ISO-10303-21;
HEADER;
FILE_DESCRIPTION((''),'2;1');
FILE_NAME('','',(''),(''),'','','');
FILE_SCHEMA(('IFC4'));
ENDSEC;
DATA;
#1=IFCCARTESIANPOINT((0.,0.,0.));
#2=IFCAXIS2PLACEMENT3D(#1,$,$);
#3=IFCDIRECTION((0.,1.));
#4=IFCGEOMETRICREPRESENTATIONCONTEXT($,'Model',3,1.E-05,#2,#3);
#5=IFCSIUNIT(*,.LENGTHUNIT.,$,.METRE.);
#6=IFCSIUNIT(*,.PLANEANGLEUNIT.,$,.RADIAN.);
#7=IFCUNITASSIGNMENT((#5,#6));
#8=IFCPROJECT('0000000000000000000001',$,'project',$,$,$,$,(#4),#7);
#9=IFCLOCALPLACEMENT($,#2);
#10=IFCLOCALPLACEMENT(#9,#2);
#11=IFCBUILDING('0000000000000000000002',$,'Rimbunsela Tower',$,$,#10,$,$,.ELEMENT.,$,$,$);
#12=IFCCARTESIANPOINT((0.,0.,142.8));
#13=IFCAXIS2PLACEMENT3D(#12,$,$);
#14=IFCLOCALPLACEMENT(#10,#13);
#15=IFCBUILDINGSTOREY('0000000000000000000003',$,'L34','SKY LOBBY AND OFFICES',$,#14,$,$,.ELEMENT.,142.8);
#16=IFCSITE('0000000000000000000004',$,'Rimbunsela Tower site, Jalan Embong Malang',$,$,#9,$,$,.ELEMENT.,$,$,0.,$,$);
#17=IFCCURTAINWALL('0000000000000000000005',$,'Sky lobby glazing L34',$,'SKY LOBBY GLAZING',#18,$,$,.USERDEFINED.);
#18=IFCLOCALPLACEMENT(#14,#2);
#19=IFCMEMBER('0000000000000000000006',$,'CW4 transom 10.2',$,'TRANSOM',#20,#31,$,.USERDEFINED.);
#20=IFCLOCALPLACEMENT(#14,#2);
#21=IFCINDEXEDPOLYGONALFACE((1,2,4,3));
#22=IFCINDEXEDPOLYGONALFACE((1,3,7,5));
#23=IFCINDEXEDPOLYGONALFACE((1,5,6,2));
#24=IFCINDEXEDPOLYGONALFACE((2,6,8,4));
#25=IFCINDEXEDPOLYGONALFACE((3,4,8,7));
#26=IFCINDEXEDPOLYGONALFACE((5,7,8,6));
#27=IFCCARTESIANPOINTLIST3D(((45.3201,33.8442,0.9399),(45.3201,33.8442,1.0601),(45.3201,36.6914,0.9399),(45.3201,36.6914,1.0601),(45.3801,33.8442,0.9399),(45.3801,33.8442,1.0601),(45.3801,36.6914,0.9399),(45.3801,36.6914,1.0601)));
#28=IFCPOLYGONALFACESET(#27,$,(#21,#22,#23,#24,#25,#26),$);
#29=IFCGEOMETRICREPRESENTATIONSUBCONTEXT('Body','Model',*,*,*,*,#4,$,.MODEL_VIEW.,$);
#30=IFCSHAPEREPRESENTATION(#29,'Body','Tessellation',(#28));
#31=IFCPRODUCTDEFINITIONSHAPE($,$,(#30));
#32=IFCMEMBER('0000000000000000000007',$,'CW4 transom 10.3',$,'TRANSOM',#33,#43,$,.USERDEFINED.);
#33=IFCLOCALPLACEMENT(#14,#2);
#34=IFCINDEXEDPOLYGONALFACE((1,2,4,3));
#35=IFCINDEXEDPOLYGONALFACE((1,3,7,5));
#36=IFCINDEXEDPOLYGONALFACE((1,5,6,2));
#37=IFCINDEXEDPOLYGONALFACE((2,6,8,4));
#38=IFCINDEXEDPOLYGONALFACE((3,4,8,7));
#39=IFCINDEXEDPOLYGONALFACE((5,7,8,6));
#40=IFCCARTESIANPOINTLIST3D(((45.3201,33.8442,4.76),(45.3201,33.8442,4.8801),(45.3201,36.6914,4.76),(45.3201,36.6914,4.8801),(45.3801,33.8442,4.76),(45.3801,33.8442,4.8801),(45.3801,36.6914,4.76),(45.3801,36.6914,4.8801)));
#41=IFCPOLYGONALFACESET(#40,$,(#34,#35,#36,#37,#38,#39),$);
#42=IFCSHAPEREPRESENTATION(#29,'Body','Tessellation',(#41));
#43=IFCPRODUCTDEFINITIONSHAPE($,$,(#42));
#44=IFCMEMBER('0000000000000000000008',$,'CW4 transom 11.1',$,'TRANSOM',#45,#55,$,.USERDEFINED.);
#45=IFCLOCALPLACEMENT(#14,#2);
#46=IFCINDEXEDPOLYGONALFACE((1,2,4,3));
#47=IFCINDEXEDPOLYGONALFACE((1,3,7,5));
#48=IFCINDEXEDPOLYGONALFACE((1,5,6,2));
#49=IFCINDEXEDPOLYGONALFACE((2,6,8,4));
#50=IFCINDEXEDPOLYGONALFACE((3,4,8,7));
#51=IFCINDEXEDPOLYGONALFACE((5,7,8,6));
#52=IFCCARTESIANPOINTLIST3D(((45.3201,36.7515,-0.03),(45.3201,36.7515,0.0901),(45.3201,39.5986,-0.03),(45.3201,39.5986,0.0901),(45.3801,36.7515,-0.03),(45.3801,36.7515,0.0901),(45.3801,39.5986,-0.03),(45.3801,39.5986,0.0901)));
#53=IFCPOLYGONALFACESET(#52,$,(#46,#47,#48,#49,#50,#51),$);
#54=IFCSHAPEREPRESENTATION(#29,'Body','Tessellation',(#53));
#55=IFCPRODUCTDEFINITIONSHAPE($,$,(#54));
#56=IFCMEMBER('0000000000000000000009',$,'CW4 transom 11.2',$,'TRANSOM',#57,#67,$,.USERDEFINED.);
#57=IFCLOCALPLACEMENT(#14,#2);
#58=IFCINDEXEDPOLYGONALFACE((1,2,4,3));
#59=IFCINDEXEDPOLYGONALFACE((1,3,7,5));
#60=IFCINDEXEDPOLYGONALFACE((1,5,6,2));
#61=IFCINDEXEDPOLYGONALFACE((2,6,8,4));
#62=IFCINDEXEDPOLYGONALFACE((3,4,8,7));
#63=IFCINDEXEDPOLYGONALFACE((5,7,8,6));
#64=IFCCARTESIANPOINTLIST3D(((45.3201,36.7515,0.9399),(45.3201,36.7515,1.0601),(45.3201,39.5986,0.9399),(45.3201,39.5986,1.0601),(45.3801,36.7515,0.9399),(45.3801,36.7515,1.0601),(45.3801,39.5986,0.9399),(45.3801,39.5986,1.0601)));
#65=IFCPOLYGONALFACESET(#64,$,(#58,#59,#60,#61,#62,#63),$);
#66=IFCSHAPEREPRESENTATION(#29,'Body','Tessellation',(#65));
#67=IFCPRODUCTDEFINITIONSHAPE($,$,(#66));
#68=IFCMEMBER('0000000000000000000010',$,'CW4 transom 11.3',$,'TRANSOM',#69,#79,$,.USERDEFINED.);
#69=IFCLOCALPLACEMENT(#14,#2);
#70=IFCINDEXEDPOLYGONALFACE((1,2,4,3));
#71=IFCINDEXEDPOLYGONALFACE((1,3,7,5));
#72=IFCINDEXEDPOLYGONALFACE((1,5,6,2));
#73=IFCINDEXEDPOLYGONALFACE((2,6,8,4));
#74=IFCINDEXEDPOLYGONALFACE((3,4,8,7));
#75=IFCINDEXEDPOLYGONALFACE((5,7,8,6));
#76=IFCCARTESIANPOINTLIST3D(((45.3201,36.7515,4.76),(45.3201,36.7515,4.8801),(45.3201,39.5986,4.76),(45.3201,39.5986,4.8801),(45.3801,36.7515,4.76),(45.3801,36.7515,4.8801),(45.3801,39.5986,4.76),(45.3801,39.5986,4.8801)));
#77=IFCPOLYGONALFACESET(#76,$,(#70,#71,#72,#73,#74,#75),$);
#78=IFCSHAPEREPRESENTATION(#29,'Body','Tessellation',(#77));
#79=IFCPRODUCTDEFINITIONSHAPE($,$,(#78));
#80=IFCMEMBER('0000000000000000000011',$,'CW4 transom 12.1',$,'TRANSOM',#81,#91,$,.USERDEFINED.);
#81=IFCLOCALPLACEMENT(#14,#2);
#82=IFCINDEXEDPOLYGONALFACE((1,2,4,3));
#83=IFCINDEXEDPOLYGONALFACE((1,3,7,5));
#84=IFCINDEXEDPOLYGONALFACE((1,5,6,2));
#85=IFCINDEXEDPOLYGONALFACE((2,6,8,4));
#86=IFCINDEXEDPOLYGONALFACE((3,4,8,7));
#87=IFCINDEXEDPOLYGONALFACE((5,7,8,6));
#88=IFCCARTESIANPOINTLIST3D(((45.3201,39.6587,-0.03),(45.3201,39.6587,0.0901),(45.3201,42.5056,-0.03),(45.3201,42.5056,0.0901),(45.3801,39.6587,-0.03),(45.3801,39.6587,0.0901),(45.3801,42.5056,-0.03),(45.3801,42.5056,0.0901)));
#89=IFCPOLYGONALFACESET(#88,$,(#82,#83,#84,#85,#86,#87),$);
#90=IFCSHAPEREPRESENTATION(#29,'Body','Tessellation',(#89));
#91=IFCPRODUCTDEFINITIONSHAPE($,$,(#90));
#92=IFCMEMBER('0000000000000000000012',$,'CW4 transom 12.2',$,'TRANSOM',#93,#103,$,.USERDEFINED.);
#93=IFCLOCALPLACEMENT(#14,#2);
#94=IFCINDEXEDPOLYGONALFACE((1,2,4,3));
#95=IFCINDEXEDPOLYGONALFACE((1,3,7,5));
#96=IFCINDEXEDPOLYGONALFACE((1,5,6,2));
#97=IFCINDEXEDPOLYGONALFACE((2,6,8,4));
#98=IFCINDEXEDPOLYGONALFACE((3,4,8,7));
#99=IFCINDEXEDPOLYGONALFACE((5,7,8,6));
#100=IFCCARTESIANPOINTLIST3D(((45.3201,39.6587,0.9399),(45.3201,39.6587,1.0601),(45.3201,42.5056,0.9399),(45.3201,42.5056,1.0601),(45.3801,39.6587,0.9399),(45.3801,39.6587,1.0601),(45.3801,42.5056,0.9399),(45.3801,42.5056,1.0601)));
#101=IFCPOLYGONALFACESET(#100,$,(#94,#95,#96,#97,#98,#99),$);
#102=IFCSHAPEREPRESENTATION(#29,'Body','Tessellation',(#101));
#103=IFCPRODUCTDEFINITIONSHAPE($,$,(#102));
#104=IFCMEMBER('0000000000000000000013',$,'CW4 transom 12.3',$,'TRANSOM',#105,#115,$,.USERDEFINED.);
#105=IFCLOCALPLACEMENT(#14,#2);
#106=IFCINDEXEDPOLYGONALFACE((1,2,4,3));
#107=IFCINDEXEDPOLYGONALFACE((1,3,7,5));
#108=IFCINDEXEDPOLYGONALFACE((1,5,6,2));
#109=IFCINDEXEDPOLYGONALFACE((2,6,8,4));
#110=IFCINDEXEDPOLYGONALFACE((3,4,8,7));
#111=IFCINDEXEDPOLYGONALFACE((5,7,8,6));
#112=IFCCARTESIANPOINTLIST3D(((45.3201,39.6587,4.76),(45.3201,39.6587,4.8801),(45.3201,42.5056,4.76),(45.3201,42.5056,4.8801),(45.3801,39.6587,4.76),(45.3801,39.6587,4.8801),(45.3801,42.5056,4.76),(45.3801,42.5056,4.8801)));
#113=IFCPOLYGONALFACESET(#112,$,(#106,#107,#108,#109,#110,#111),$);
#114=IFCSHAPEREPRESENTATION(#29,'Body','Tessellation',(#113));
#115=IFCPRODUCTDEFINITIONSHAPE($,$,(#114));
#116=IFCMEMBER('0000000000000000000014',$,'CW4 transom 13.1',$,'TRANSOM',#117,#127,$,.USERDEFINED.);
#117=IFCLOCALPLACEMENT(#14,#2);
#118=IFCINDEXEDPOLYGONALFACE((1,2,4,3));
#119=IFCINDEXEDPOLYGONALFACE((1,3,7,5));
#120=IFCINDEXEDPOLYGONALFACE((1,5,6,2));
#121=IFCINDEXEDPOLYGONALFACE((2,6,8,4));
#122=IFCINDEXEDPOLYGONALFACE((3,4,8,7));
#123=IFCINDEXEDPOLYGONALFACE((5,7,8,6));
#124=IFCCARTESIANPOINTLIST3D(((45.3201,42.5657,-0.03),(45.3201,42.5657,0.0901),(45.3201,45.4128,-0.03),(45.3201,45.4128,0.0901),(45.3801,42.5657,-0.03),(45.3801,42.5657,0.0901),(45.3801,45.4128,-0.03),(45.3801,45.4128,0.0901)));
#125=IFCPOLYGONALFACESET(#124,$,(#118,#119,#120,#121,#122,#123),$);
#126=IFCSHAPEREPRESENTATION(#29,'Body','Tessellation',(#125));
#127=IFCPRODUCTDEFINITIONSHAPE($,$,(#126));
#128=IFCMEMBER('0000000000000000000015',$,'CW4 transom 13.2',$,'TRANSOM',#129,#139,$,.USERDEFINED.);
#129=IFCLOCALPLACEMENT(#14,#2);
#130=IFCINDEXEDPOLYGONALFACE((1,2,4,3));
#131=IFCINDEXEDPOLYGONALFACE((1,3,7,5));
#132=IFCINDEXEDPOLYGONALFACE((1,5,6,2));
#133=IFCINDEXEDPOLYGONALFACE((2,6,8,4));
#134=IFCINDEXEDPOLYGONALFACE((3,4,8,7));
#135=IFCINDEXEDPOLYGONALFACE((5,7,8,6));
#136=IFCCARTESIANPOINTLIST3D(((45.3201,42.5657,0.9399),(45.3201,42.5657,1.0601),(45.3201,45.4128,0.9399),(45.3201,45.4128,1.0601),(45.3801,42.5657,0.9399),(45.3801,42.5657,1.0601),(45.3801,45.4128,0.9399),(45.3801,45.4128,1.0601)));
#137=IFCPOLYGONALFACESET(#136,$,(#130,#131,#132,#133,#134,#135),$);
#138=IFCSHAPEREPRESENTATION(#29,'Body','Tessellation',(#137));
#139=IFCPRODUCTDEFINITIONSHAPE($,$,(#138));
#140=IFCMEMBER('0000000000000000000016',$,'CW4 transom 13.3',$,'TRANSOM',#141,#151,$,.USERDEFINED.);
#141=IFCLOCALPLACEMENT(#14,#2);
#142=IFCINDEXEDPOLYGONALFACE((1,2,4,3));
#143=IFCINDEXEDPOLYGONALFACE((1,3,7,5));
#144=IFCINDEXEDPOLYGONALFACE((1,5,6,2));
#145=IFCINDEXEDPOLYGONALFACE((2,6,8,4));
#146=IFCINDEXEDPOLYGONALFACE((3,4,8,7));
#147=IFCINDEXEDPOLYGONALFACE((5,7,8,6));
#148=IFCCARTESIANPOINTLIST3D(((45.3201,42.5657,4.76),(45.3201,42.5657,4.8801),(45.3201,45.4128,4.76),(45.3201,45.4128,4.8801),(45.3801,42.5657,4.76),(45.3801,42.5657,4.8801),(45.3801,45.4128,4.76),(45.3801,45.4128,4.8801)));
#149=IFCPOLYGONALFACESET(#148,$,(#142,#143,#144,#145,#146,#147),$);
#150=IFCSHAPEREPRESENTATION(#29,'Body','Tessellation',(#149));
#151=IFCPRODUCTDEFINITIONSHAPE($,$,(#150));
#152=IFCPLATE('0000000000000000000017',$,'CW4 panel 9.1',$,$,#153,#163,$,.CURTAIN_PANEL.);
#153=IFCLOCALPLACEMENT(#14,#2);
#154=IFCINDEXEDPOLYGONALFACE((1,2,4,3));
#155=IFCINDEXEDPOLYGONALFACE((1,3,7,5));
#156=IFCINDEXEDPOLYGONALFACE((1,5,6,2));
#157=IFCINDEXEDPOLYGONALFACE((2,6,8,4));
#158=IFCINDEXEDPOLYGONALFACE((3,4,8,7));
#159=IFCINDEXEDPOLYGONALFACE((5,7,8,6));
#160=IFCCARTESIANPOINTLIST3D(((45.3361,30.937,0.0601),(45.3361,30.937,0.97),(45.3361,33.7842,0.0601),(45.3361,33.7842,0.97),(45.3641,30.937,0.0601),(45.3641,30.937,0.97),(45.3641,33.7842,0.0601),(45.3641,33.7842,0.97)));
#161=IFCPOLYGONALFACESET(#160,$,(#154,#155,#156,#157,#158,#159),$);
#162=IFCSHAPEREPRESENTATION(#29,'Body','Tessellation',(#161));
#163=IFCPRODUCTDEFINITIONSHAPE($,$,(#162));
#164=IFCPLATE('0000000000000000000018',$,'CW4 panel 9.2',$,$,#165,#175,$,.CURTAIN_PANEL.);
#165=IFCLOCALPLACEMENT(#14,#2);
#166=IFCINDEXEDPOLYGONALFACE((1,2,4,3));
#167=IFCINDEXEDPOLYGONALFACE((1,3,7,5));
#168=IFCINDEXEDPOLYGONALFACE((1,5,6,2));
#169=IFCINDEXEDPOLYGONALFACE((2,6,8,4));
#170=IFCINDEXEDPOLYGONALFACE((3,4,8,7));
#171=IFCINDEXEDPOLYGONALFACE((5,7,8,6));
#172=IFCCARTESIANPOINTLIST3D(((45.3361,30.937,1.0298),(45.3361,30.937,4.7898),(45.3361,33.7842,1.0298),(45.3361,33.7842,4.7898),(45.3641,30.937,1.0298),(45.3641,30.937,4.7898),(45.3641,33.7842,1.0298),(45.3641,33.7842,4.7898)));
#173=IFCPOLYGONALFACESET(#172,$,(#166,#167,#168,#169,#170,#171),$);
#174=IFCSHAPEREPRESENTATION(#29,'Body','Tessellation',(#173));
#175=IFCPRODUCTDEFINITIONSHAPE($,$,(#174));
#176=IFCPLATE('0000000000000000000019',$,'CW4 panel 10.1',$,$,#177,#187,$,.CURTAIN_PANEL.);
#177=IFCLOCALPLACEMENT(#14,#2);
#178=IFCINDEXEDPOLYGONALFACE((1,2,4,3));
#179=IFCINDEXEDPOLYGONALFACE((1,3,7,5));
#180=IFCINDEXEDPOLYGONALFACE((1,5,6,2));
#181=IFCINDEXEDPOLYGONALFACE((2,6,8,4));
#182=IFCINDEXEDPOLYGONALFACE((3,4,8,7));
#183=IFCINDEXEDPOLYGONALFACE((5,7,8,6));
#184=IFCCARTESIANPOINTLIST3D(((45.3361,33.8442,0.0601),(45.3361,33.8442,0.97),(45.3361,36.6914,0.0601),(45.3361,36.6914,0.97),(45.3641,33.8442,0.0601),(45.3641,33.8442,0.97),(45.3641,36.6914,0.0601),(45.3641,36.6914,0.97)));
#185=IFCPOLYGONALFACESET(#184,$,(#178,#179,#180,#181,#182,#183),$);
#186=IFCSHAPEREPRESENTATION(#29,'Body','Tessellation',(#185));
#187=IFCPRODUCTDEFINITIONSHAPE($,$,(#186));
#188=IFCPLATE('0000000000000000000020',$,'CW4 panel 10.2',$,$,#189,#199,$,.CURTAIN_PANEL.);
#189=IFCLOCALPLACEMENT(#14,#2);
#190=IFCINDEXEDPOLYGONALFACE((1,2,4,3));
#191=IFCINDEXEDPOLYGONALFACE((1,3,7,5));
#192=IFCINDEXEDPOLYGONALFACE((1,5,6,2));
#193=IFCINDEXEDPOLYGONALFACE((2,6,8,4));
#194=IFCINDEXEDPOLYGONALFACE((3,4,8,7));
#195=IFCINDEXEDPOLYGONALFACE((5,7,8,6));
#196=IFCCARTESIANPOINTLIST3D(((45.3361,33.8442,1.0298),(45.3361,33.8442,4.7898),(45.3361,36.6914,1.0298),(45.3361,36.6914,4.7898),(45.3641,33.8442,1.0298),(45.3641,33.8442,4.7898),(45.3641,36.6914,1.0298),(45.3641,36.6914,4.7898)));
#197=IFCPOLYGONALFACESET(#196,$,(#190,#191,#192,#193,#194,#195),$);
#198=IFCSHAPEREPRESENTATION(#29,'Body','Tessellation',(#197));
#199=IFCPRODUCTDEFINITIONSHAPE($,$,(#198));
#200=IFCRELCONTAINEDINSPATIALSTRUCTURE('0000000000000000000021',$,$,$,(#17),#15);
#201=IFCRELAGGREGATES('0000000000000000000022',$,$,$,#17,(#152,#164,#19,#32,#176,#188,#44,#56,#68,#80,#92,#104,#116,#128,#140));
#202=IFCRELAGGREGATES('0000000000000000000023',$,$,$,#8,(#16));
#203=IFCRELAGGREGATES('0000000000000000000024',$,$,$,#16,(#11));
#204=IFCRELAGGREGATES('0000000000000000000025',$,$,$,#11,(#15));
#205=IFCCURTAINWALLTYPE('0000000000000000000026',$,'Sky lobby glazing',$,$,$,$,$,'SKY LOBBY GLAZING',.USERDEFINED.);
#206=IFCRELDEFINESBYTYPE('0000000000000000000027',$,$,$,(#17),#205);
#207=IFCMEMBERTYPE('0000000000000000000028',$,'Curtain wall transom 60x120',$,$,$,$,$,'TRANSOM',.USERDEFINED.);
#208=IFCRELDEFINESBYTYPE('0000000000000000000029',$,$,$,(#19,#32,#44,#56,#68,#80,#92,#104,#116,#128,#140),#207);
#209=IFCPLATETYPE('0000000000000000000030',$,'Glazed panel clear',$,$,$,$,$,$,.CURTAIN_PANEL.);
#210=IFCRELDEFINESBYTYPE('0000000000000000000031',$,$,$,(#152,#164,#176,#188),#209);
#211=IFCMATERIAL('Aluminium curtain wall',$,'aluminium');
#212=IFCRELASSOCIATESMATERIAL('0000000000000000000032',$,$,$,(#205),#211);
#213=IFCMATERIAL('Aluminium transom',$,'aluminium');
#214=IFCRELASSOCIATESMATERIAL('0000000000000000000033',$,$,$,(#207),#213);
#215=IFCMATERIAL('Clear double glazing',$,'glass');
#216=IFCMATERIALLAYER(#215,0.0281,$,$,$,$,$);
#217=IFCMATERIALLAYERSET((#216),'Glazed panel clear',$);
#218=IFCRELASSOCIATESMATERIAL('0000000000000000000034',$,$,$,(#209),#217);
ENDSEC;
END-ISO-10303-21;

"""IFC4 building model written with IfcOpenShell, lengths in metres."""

from ifc_helpers import new_model, si_unit, direction, frame, origin, origin_2d, place, context, subcontext, project, spatial, rectangle, extrude, material, layer, layer_set, material_profile, profile_set, type_object, element, aggregate, save


model = new_model("IFC4")

# Units and contexts
model_context = context("Model", 3, precision=1e-05, world=origin(), true_north=direction((0.0, 1.0)))
body_context = subcontext(model_context, "Body", "Model", "MODEL_VIEW")
ifc_project = project(units=[si_unit("LENGTHUNIT", "METRE"), si_unit("PLANEANGLEUNIT", "RADIAN")], contexts=[model_context])

# Site, building, storey
site_placement = place(None, origin())
site = spatial("IfcSite", under=ifc_project, at=site_placement, Name="Rimbunsela Tower site, Jalan Embong Malang", CompositionType="ELEMENT", RefElevation=0.0)
building_placement = place(site_placement, origin())
building = spatial("IfcBuilding", under=site, at=building_placement, Name="Rimbunsela Tower", CompositionType="ELEMENT")
storey_placement = place(building_placement, frame((0.0, 0.0, 142.8)))
storey = spatial("IfcBuildingStorey", under=building, at=storey_placement, Name="L34", Description="SKY LOBBY AND OFFICES", CompositionType="ELEMENT", Elevation=142.8)

# Curtain wall, members, plates
ifc_material_1 = material(Name="Aluminium curtain wall", Category="aluminium")
curtain_wall_type = type_object("IfcCurtainWallType", Name="Sky lobby glazing", ElementType="SKY LOBBY GLAZING", PredefinedType="USERDEFINED", material=ifc_material_1)
curtain_wall_placement = place(storey_placement, origin())
curtain_wall = element("IfcCurtainWall", 1, at=curtain_wall_placement, inside=storey, type_object=curtain_wall_type, Name="Sky lobby glazing L34", ObjectType="SKY LOBBY GLAZING", PredefinedType="USERDEFINED")
ifc_material_2 = material(Name="Aluminium transom", Category="aluminium")
ifc_material_profile_1 = material_profile(ifc_material_2, rectangle(XDim=0.0601, YDim=0.1201, at=origin_2d()), Name="Transom 60x120")
ifc_profile_set_1 = profile_set([ifc_material_profile_1], Name="Aluminium transom")
member_type_1 = type_object("IfcMemberType", Name="Curtain wall transom 60x120", ElementType="TRANSOM", PredefinedType="USERDEFINED", material=ifc_profile_set_1)
member_1_placement = place(storey_placement, frame((45.3501, 33.8442, 1.0), z_axis=(0.0, 1.0, 0.0), x_axis=(-1.0, 0.0, 0.0)))
member_1 = element("IfcMember", 2, at=member_1_placement, type_object=member_type_1, Name="CW4 transom 10.2", ObjectType="TRANSOM", PredefinedType="USERDEFINED", context=body_context, shape_type="SweptSolid", body=[
    extrude(rectangle(XDim=0.0601, YDim=0.1201, at=origin_2d()), origin(), (0.0, 0.0, 1.0), 2.8472),
])
member_2_placement = place(storey_placement, frame((45.3501, 33.8442, 4.8201), z_axis=(0.0, 1.0, 0.0), x_axis=(-1.0, 0.0, 0.0)))
member_2 = element("IfcMember", 3, at=member_2_placement, type_object=member_type_1, Name="CW4 transom 10.3", ObjectType="TRANSOM", PredefinedType="USERDEFINED", context=body_context, shape_type="SweptSolid", body=[
    extrude(rectangle(XDim=0.0601, YDim=0.1201, at=origin_2d()), origin(), (0.0, 0.0, 1.0), 2.8472),
])
member_3_placement = place(storey_placement, frame((45.3501, 36.7515, 0.03), z_axis=(0.0, 1.0, 0.0), x_axis=(-1.0, 0.0, 0.0)))
member_3 = element("IfcMember", 4, at=member_3_placement, type_object=member_type_1, Name="CW4 transom 11.1", ObjectType="TRANSOM", PredefinedType="USERDEFINED", context=body_context, shape_type="SweptSolid", body=[
    extrude(rectangle(XDim=0.0601, YDim=0.1201, at=origin_2d()), origin(), (0.0, 0.0, 1.0), 2.8472),
])
member_4_placement = place(storey_placement, frame((45.3501, 36.7515, 1.0), z_axis=(0.0, 1.0, 0.0), x_axis=(-1.0, 0.0, 0.0)))
member_4 = element("IfcMember", 5, at=member_4_placement, type_object=member_type_1, Name="CW4 transom 11.2", ObjectType="TRANSOM", PredefinedType="USERDEFINED", context=body_context, shape_type="SweptSolid", body=[
    extrude(rectangle(XDim=0.0601, YDim=0.1201, at=origin_2d()), origin(), (0.0, 0.0, 1.0), 2.8472),
])
member_5_placement = place(storey_placement, frame((45.3501, 36.7515, 4.8201), z_axis=(0.0, 1.0, 0.0), x_axis=(-1.0, 0.0, 0.0)))
member_5 = element("IfcMember", 6, at=member_5_placement, type_object=member_type_1, Name="CW4 transom 11.3", ObjectType="TRANSOM", PredefinedType="USERDEFINED", context=body_context, shape_type="SweptSolid", body=[
    extrude(rectangle(XDim=0.0601, YDim=0.1201, at=origin_2d()), origin(), (0.0, 0.0, 1.0), 2.8472),
])
member_6_placement = place(storey_placement, frame((45.3501, 39.6587, 0.03), z_axis=(0.0, 1.0, 0.0), x_axis=(-1.0, 0.0, 0.0)))
member_6 = element("IfcMember", 7, at=member_6_placement, type_object=member_type_1, Name="CW4 transom 12.1", ObjectType="TRANSOM", PredefinedType="USERDEFINED", context=body_context, shape_type="SweptSolid", body=[
    extrude(rectangle(XDim=0.0601, YDim=0.1201, at=origin_2d()), origin(), (0.0, 0.0, 1.0), 2.8469),
])
member_7_placement = place(storey_placement, frame((45.3501, 39.6587, 1.0), z_axis=(0.0, 1.0, 0.0), x_axis=(-1.0, 0.0, 0.0)))
member_7 = element("IfcMember", 8, at=member_7_placement, type_object=member_type_1, Name="CW4 transom 12.2", ObjectType="TRANSOM", PredefinedType="USERDEFINED", context=body_context, shape_type="SweptSolid", body=[
    extrude(rectangle(XDim=0.0601, YDim=0.1201, at=origin_2d()), origin(), (0.0, 0.0, 1.0), 2.8469),
])
member_8_placement = place(storey_placement, frame((45.3501, 39.6587, 4.8201), z_axis=(0.0, 1.0, 0.0), x_axis=(-1.0, 0.0, 0.0)))
member_8 = element("IfcMember", 9, at=member_8_placement, type_object=member_type_1, Name="CW4 transom 12.3", ObjectType="TRANSOM", PredefinedType="USERDEFINED", context=body_context, shape_type="SweptSolid", body=[
    extrude(rectangle(XDim=0.0601, YDim=0.1201, at=origin_2d()), origin(), (0.0, 0.0, 1.0), 2.8469),
])
member_9_placement = place(storey_placement, frame((45.3501, 42.5657, 0.03), z_axis=(0.0, 1.0, 0.0), x_axis=(-1.0, 0.0, 0.0)))
member_9 = element("IfcMember", 10, at=member_9_placement, type_object=member_type_1, Name="CW4 transom 13.1", ObjectType="TRANSOM", PredefinedType="USERDEFINED", context=body_context, shape_type="SweptSolid", body=[
    extrude(rectangle(XDim=0.0601, YDim=0.1201, at=origin_2d()), origin(), (0.0, 0.0, 1.0), 2.8472),
])
member_10_placement = place(storey_placement, frame((45.3501, 42.5657, 1.0), z_axis=(0.0, 1.0, 0.0), x_axis=(-1.0, 0.0, 0.0)))
member_10 = element("IfcMember", 11, at=member_10_placement, type_object=member_type_1, Name="CW4 transom 13.2", ObjectType="TRANSOM", PredefinedType="USERDEFINED", context=body_context, shape_type="SweptSolid", body=[
    extrude(rectangle(XDim=0.0601, YDim=0.1201, at=origin_2d()), origin(), (0.0, 0.0, 1.0), 2.8472),
])
member_11_placement = place(storey_placement, frame((45.3501, 42.5657, 4.8201), z_axis=(0.0, 1.0, 0.0), x_axis=(-1.0, 0.0, 0.0)))
member_11 = element("IfcMember", 12, at=member_11_placement, type_object=member_type_1, Name="CW4 transom 13.3", ObjectType="TRANSOM", PredefinedType="USERDEFINED", context=body_context, shape_type="SweptSolid", body=[
    extrude(rectangle(XDim=0.0601, YDim=0.1201, at=origin_2d()), origin(), (0.0, 0.0, 1.0), 2.8472),
])
ifc_material_3 = material(Name="Clear double glazing", Category="glass")
ifc_layer = layer(ifc_material_3, 0.0281)
ifc_layer_set = layer_set([ifc_layer], Name="Glazed panel clear")
plate_type = type_object("IfcPlateType", Name="Glazed panel clear", PredefinedType="CURTAIN_PANEL", material=ifc_layer_set)
plate_1_placement = place(storey_placement, frame((45.3501, 32.3606, 0.0601), z_axis=(0.0, 0.0, 1.0), x_axis=(0.0, 1.0, 0.0)))
plate_1 = element("IfcPlate", 13, at=plate_1_placement, type_object=plate_type, Name="CW4 panel 9.1", PredefinedType="CURTAIN_PANEL", context=body_context, shape_type="SweptSolid", body=[
    extrude(rectangle(XDim=2.8472, YDim=0.0281, at=origin_2d()), origin(), (0.0, 0.0, 1.0), 0.9099),
])
plate_2_placement = place(storey_placement, frame((45.3501, 32.3606, 1.0298), z_axis=(0.0, 0.0, 1.0), x_axis=(0.0, 1.0, 0.0)))
plate_2 = element("IfcPlate", 14, at=plate_2_placement, type_object=plate_type, Name="CW4 panel 9.2", PredefinedType="CURTAIN_PANEL", context=body_context, shape_type="SweptSolid", body=[
    extrude(rectangle(XDim=2.8472, YDim=0.0281, at=origin_2d()), origin(), (0.0, 0.0, 1.0), 3.76),
])
plate_3_placement = place(storey_placement, frame((45.3501, 35.2678, 0.0601), z_axis=(0.0, 0.0, 1.0), x_axis=(0.0, 1.0, 0.0)))
plate_3 = element("IfcPlate", 15, at=plate_3_placement, type_object=plate_type, Name="CW4 panel 10.1", PredefinedType="CURTAIN_PANEL", context=body_context, shape_type="SweptSolid", body=[
    extrude(rectangle(XDim=2.8472, YDim=0.0281, at=origin_2d()), origin(), (0.0, 0.0, 1.0), 0.9099),
])
plate_4_placement = place(storey_placement, frame((45.3501, 35.2678, 1.0298), z_axis=(0.0, 0.0, 1.0), x_axis=(0.0, 1.0, 0.0)))
plate_4 = element("IfcPlate", 16, at=plate_4_placement, type_object=plate_type, Name="CW4 panel 10.2", PredefinedType="CURTAIN_PANEL", context=body_context, shape_type="SweptSolid", body=[
    extrude(rectangle(XDim=2.8472, YDim=0.0281, at=origin_2d()), origin(), (0.0, 0.0, 1.0), 3.76),
])
aggregate(curtain_wall, [plate_1, plate_2, member_1, member_2, plate_3, plate_4, member_3, member_4, member_5, member_6, member_7, member_8, member_9, member_10, member_11])

save(model, "model.ifc")
